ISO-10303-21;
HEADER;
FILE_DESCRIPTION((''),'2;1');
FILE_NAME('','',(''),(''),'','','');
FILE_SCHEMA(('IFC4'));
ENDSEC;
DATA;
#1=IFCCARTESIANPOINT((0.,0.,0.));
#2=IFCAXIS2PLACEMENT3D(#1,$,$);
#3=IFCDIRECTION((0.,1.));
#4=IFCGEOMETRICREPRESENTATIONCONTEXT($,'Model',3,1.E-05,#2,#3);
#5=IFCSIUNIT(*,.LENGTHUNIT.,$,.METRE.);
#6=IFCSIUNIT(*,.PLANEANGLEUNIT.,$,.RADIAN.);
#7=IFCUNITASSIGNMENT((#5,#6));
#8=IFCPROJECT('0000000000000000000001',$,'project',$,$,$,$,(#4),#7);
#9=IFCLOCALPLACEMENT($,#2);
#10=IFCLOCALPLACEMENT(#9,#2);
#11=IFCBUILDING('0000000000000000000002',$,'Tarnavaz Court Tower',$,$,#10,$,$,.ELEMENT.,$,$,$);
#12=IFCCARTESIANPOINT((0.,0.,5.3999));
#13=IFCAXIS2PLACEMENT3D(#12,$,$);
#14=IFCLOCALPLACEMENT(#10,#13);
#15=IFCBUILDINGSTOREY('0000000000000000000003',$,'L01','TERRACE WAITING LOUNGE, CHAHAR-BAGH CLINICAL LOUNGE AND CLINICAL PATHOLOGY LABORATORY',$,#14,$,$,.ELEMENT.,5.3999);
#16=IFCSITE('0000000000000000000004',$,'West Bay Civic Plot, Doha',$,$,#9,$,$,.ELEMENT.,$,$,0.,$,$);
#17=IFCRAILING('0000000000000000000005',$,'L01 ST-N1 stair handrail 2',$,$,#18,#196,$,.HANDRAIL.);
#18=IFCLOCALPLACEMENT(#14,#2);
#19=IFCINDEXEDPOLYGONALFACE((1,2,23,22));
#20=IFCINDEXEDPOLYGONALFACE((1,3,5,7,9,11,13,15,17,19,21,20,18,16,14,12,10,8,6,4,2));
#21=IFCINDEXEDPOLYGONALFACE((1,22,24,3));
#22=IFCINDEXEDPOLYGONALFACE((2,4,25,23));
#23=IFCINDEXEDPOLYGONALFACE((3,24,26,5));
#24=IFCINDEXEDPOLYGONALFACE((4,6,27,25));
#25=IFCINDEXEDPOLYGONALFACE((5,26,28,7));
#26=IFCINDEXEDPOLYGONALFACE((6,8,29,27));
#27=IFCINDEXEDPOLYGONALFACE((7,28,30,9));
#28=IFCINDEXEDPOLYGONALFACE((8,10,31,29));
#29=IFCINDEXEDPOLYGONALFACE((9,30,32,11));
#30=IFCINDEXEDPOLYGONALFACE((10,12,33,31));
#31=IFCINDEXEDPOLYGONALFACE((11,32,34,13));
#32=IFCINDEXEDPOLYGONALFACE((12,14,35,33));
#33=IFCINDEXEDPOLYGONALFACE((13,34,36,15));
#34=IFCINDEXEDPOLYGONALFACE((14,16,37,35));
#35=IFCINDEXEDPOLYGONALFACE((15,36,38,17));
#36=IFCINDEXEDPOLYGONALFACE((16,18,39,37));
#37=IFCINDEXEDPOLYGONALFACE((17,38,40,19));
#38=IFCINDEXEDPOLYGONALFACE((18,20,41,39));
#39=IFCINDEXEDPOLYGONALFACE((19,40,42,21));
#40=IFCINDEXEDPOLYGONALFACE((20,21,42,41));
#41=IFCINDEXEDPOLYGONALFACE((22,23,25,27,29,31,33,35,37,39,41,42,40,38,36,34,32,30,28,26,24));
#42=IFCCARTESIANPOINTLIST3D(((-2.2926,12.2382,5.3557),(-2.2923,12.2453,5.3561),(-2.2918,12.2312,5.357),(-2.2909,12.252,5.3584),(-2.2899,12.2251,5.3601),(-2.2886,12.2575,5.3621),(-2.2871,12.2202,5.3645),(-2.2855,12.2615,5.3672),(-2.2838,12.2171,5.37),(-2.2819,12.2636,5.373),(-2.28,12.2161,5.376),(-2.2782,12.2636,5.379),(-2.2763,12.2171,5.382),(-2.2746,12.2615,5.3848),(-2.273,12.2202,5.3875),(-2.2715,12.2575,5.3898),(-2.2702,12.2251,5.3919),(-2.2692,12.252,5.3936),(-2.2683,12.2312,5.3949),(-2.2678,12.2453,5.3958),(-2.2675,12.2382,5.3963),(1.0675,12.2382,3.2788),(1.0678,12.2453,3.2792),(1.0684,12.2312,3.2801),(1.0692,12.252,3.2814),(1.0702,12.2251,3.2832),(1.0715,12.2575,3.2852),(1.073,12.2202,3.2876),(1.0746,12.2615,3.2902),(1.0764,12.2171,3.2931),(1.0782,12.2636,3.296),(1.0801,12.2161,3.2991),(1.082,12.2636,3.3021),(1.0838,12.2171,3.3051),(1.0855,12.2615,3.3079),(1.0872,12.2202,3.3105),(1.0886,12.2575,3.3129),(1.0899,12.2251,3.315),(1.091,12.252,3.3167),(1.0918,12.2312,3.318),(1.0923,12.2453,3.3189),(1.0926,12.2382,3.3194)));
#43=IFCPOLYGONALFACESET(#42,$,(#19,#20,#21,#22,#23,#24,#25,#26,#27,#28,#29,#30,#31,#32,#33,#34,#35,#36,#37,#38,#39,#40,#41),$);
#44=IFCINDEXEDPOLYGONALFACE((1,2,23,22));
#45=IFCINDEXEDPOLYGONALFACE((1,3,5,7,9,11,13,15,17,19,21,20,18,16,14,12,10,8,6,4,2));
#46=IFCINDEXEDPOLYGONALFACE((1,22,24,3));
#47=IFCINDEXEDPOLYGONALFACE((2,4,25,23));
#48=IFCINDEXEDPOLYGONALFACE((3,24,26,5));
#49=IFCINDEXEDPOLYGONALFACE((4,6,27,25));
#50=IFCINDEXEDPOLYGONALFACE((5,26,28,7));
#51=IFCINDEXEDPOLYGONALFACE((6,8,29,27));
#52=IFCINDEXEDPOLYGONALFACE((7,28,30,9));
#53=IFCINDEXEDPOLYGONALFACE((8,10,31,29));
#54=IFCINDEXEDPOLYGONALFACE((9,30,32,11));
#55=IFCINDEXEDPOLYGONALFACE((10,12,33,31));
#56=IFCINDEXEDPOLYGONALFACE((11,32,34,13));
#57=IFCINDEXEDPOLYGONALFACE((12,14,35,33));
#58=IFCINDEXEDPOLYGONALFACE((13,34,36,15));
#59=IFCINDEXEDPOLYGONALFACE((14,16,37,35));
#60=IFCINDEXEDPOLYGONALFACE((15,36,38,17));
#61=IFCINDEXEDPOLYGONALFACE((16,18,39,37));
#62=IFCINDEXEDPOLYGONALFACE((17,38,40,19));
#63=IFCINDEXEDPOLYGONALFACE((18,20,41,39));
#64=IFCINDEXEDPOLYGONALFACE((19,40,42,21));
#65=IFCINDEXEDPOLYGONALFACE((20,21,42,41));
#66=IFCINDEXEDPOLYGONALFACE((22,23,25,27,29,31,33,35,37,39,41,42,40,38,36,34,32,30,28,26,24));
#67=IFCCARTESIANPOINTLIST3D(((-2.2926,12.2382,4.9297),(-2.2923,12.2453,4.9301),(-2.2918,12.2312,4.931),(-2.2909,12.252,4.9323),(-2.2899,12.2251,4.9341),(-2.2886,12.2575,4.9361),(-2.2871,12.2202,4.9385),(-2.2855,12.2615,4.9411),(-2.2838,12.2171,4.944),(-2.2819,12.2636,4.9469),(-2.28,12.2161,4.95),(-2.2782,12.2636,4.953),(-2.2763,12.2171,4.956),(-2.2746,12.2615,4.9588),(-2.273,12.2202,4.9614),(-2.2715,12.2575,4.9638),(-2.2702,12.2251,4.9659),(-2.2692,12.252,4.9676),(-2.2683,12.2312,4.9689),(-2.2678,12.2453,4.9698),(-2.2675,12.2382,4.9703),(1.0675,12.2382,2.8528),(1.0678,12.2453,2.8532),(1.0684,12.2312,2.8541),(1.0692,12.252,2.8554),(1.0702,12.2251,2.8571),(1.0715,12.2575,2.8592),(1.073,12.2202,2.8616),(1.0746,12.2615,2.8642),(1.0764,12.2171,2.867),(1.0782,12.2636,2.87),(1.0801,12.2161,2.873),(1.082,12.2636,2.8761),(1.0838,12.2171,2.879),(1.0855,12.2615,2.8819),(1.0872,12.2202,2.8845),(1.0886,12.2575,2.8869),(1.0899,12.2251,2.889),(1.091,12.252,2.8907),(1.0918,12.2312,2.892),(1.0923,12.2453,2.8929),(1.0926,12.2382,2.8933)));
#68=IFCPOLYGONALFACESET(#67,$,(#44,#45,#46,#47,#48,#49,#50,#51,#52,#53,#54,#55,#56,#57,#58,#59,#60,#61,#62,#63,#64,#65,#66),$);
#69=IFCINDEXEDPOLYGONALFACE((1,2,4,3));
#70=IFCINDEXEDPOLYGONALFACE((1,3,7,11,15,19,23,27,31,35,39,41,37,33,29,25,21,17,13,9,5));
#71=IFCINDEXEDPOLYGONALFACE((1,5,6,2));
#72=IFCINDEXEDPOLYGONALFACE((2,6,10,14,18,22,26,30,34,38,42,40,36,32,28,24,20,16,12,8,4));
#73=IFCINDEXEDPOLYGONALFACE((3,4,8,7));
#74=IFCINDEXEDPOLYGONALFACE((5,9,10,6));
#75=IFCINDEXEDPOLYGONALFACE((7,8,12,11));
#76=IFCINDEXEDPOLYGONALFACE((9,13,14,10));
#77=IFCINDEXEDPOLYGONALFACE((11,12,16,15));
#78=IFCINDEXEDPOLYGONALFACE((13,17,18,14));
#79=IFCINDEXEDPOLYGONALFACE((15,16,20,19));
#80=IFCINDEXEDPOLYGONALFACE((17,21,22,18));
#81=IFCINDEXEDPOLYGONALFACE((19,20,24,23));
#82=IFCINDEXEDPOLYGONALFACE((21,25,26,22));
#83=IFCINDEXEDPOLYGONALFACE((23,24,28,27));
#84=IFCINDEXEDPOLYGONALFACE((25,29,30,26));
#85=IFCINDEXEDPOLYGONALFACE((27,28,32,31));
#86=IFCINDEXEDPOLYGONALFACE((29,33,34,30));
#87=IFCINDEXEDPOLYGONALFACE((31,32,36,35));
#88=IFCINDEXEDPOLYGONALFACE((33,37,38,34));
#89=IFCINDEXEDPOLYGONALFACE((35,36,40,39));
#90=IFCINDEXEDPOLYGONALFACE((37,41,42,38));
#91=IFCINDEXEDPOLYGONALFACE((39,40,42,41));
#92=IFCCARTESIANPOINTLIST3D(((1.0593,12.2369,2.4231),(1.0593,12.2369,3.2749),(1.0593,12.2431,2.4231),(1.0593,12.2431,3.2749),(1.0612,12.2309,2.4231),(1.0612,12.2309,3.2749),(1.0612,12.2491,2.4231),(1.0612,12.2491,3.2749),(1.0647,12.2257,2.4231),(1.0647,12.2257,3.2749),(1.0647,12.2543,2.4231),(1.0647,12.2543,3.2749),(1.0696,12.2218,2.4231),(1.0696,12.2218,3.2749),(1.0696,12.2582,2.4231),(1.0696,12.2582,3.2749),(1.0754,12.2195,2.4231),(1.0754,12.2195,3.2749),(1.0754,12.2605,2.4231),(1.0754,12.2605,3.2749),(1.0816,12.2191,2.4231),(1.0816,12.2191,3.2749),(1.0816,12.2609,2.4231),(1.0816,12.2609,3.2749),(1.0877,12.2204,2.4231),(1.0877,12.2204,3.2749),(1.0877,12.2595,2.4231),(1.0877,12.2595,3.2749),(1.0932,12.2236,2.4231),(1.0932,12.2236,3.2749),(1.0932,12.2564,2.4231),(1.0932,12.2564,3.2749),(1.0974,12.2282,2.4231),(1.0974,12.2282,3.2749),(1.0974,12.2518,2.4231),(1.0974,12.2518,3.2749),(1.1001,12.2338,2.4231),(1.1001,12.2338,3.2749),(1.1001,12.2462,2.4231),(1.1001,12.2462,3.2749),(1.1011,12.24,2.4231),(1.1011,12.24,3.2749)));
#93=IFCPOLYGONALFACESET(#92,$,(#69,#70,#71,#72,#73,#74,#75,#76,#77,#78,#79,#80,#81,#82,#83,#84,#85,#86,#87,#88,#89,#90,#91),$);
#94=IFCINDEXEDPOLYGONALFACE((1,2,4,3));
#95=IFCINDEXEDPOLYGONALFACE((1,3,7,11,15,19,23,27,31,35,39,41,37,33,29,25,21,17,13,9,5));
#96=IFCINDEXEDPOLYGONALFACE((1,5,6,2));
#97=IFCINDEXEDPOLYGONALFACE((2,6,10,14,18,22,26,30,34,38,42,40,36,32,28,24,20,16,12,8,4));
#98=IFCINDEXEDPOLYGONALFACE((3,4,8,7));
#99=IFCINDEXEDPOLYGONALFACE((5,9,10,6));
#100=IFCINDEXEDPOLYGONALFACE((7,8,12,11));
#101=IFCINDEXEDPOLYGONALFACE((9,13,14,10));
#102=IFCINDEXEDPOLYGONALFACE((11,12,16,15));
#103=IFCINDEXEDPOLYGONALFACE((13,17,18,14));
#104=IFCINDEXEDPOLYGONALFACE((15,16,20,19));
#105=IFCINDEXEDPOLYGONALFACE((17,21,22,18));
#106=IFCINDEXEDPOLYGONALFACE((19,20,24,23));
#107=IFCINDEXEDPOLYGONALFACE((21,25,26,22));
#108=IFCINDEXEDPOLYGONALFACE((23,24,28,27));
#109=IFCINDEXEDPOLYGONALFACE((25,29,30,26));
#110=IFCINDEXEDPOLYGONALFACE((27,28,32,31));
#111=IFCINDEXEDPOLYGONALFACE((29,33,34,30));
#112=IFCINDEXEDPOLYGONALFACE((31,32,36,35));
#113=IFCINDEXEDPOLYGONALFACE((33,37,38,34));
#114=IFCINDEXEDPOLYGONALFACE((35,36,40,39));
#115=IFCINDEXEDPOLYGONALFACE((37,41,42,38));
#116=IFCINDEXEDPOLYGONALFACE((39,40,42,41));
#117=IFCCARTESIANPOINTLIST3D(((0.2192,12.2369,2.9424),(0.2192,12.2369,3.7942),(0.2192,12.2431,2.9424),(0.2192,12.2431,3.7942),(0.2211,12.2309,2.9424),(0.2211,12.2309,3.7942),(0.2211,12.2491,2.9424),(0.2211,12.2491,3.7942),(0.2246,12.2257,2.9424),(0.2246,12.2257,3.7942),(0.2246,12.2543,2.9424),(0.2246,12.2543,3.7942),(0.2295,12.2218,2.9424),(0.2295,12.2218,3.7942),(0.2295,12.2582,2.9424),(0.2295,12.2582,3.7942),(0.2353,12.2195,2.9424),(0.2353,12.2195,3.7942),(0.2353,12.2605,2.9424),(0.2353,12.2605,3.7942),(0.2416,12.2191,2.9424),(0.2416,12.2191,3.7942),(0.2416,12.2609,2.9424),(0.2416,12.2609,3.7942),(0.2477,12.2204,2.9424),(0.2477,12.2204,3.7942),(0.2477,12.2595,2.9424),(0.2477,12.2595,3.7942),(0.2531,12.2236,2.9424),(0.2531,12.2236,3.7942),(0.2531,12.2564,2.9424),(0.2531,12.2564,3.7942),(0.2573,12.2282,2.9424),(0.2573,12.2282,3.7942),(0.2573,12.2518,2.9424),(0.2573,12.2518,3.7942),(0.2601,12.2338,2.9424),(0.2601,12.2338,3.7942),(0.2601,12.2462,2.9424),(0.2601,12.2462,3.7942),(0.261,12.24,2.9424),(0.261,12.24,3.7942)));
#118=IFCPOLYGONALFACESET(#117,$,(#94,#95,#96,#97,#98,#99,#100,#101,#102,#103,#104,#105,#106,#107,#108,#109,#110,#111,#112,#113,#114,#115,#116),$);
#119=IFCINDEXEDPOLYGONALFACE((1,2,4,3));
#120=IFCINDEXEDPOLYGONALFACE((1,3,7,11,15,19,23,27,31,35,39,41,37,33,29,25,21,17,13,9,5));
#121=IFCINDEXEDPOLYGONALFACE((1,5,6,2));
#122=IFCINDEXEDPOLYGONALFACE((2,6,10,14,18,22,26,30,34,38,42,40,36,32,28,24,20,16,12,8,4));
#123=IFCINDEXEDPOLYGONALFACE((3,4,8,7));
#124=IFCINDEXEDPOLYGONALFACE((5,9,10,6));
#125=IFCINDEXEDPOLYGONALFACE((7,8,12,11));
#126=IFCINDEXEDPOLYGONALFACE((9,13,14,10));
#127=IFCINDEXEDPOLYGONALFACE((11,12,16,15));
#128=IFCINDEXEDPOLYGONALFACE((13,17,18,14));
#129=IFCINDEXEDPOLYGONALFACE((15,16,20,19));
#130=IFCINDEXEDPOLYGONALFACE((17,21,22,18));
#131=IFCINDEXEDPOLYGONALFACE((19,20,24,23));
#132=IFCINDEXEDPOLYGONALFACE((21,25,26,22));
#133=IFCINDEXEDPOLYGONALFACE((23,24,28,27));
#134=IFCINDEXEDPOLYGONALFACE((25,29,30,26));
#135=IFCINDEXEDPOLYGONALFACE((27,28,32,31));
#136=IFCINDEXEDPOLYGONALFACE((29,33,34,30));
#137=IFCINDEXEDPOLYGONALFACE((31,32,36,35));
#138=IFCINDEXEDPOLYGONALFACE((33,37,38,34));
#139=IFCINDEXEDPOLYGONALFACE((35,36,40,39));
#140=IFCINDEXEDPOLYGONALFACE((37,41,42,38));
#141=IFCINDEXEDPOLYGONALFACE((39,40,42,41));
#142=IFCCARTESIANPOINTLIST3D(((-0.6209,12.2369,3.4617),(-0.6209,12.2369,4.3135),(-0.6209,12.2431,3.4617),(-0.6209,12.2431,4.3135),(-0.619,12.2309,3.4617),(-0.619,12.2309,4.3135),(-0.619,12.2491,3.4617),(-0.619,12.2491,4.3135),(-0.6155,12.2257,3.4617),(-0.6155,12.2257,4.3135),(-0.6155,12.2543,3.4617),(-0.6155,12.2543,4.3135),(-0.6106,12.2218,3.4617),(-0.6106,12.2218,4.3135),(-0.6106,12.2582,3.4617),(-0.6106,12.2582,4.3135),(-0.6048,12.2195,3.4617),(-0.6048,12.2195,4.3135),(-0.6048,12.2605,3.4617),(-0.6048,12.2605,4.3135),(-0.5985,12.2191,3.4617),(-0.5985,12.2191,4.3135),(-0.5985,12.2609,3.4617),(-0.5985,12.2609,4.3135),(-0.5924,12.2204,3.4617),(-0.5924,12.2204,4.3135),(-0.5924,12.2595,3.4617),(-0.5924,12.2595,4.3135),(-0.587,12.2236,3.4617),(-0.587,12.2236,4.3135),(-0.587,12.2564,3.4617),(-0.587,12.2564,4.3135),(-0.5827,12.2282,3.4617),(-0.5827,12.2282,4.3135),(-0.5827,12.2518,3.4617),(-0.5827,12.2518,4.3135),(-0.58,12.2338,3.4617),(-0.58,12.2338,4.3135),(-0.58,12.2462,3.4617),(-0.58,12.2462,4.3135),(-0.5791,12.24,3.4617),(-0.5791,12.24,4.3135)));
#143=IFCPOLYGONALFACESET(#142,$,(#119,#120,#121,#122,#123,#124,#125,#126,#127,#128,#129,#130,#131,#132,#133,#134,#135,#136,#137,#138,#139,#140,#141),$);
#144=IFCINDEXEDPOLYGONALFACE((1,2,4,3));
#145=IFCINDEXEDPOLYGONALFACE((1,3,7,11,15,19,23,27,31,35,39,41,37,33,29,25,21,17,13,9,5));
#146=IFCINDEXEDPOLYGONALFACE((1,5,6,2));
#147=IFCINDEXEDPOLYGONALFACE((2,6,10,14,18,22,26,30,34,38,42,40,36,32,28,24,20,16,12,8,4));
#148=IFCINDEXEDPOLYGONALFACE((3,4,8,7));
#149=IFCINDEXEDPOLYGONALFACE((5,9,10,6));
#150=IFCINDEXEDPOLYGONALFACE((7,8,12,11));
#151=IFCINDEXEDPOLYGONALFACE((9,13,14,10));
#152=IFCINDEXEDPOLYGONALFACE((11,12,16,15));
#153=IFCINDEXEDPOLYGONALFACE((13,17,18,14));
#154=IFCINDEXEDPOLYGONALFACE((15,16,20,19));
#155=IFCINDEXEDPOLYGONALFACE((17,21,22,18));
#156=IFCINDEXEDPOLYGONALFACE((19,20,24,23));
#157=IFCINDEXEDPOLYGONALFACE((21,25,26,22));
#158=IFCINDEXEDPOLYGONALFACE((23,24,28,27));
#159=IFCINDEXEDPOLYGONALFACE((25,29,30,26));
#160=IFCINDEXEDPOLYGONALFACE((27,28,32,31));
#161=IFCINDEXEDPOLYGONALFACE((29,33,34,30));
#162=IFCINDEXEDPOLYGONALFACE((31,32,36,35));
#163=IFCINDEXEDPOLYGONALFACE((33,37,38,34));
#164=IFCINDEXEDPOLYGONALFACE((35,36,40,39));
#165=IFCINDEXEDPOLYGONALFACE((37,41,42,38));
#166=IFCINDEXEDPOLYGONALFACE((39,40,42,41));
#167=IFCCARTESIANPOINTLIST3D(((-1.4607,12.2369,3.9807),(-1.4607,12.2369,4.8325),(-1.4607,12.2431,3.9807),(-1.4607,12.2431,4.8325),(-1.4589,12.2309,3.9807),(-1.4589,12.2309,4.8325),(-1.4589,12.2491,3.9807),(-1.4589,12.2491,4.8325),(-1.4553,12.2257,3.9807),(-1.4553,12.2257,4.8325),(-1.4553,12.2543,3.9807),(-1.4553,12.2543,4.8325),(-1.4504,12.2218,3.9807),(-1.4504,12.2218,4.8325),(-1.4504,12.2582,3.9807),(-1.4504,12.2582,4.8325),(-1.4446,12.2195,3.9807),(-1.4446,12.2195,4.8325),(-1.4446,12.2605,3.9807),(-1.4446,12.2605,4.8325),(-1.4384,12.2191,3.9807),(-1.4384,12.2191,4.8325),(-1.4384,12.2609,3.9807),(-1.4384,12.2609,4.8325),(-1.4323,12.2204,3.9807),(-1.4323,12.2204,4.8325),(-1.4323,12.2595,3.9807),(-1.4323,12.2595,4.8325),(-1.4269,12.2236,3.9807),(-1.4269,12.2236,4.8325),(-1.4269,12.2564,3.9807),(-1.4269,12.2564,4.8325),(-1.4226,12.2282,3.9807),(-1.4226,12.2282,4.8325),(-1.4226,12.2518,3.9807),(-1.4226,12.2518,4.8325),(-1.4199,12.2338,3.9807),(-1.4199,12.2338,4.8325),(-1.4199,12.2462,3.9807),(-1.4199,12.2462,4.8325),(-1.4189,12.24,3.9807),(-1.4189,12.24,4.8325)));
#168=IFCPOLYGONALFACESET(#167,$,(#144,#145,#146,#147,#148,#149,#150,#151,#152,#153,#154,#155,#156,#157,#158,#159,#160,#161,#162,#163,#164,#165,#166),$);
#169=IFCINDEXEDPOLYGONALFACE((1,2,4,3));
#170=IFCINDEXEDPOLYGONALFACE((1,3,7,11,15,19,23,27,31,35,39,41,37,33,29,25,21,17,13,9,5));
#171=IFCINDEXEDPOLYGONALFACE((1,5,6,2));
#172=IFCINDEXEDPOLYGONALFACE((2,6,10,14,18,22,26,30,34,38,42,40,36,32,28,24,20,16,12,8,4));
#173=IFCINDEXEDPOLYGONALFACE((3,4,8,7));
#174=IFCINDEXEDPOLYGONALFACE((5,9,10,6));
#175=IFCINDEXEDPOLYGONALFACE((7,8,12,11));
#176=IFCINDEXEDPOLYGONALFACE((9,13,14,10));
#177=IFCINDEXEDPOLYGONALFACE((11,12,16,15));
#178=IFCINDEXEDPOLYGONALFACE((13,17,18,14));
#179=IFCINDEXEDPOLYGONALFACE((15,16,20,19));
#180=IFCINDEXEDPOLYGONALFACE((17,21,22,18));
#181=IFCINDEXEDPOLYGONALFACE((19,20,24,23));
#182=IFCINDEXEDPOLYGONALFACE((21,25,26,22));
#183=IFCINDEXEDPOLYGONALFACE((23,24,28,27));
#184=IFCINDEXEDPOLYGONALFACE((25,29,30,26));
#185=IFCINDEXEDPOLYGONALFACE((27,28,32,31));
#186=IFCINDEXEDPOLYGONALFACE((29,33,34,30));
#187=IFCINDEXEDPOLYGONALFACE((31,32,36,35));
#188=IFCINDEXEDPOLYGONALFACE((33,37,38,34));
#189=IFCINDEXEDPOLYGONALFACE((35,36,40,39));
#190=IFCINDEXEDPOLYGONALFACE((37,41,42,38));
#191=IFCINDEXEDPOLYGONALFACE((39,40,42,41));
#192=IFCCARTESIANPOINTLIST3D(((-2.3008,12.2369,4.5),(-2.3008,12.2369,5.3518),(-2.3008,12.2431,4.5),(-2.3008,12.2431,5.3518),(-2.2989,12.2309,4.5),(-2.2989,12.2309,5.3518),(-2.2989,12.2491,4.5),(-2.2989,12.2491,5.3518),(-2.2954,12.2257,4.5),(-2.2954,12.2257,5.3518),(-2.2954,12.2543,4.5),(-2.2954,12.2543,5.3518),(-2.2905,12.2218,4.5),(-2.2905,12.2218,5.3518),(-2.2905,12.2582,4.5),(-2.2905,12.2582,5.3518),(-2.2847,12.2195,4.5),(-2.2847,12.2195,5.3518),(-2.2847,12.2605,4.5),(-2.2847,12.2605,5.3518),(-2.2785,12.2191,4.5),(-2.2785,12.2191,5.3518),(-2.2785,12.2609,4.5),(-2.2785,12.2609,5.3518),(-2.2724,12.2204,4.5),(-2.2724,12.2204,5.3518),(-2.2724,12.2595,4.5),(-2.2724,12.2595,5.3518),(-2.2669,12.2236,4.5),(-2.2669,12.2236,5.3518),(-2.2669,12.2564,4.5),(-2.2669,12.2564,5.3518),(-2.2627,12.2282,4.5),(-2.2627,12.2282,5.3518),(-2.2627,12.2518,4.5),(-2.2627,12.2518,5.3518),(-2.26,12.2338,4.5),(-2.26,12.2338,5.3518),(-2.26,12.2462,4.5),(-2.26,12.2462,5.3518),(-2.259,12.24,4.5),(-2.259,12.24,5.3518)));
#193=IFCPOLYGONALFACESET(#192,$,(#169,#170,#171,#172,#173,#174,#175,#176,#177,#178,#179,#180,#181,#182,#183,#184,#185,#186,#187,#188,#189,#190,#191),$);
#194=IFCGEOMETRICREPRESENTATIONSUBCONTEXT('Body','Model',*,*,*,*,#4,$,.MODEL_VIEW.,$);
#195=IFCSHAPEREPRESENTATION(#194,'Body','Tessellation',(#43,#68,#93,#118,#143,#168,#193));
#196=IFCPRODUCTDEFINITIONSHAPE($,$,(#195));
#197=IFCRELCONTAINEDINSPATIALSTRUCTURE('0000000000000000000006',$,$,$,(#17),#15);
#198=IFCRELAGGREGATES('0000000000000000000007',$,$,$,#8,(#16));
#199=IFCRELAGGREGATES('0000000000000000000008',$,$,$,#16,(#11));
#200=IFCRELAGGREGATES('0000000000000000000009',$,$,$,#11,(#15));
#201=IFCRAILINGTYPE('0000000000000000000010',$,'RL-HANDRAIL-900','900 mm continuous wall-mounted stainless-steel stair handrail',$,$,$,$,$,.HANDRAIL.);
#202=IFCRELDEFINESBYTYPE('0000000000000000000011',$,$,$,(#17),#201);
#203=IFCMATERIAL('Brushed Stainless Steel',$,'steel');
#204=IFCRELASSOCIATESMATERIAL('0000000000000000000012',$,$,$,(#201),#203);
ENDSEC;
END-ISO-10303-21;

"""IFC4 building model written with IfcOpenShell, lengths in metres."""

from ifc_helpers import new_model, si_unit, direction, frame, origin, origin_2d, place, context, subcontext, project, spatial, circle, extrude, material, type_object, element, save


model = new_model("IFC4")

# Units and contexts
model_context = context("Model", 3, precision=1e-05, world=origin(), true_north=direction((0.0, 1.0)))
body_context = subcontext(model_context, "Body", "Model", "MODEL_VIEW")
ifc_project = project(units=[si_unit("LENGTHUNIT", "METRE"), si_unit("PLANEANGLEUNIT", "RADIAN")], contexts=[model_context])

# Site, building, storey
site_placement = place(None, origin())
site = spatial("IfcSite", under=ifc_project, at=site_placement, Name="West Bay Civic Plot, Doha", CompositionType="ELEMENT", RefElevation=0.0)
building_placement = place(site_placement, origin())
building = spatial("IfcBuilding", under=site, at=building_placement, Name="Tarnavaz Court Tower", CompositionType="ELEMENT")
storey_placement = place(building_placement, frame((0.0, 0.0, 5.3999)))
storey = spatial("IfcBuildingStorey", under=building, at=storey_placement, Name="L01", Description="TERRACE WAITING LOUNGE, CHAHAR-BAGH CLINICAL LOUNGE AND CLINICAL PATHOLOGY LABORATORY", CompositionType="ELEMENT", Elevation=5.3999)

# Railing
ifc_material_1 = material(Name="Brushed Stainless Steel", Category="steel")
railing_type_1 = type_object("IfcRailingType", Name="RL-HANDRAIL-900", Description="900 mm continuous wall-mounted stainless-steel stair handrail", PredefinedType="HANDRAIL", material=ifc_material_1)
railing_1_placement = place(storey_placement, frame((1.0801, 12.24, 2.4231)))
element("IfcRailing", 1, at=railing_1_placement, inside=storey, type_object=railing_type_1, Name="L01 ST-N1 stair handrail 2", PredefinedType="HANDRAIL", context=body_context, shape_type="SweptSolid", body=[
    extrude(circle(Radius=0.0239, at=origin_2d()), frame((0.0, 0.0, 0.876), z_axis=(-0.850623, 0.0, 0.525776), x_axis=(0.0, -1.0, 0.0)), (0.0, 0.0, 1.0), 3.9502),
    extrude(circle(Radius=0.0239, at=origin_2d()), frame((0.0, 0.0, 0.45), z_axis=(-0.850623, 0.0, 0.525776), x_axis=(0.0, -1.0, 0.0)), (0.0, 0.0, 1.0), 3.9502),
    extrude(circle(Radius=0.021, at=origin_2d()), origin(), (0.0, 0.0, 1.0), 0.8518),
    extrude(circle(Radius=0.021, at=origin_2d()), frame((-0.8401, 0.0, 0.5193)), (0.0, 0.0, 1.0), 0.8518),
    extrude(circle(Radius=0.021, at=origin_2d()), frame((-1.6802, 0.0, 1.0386)), (0.0, 0.0, 1.0), 0.8518),
    extrude(circle(Radius=0.021, at=origin_2d()), frame((-2.52, 0.0, 1.5576)), (0.0, 0.0, 1.0), 0.8518),
    extrude(circle(Radius=0.021, at=origin_2d()), frame((-3.3601, 0.0, 2.0769)), (0.0, 0.0, 1.0), 0.8518),
])

save(model, "model.ifc")
